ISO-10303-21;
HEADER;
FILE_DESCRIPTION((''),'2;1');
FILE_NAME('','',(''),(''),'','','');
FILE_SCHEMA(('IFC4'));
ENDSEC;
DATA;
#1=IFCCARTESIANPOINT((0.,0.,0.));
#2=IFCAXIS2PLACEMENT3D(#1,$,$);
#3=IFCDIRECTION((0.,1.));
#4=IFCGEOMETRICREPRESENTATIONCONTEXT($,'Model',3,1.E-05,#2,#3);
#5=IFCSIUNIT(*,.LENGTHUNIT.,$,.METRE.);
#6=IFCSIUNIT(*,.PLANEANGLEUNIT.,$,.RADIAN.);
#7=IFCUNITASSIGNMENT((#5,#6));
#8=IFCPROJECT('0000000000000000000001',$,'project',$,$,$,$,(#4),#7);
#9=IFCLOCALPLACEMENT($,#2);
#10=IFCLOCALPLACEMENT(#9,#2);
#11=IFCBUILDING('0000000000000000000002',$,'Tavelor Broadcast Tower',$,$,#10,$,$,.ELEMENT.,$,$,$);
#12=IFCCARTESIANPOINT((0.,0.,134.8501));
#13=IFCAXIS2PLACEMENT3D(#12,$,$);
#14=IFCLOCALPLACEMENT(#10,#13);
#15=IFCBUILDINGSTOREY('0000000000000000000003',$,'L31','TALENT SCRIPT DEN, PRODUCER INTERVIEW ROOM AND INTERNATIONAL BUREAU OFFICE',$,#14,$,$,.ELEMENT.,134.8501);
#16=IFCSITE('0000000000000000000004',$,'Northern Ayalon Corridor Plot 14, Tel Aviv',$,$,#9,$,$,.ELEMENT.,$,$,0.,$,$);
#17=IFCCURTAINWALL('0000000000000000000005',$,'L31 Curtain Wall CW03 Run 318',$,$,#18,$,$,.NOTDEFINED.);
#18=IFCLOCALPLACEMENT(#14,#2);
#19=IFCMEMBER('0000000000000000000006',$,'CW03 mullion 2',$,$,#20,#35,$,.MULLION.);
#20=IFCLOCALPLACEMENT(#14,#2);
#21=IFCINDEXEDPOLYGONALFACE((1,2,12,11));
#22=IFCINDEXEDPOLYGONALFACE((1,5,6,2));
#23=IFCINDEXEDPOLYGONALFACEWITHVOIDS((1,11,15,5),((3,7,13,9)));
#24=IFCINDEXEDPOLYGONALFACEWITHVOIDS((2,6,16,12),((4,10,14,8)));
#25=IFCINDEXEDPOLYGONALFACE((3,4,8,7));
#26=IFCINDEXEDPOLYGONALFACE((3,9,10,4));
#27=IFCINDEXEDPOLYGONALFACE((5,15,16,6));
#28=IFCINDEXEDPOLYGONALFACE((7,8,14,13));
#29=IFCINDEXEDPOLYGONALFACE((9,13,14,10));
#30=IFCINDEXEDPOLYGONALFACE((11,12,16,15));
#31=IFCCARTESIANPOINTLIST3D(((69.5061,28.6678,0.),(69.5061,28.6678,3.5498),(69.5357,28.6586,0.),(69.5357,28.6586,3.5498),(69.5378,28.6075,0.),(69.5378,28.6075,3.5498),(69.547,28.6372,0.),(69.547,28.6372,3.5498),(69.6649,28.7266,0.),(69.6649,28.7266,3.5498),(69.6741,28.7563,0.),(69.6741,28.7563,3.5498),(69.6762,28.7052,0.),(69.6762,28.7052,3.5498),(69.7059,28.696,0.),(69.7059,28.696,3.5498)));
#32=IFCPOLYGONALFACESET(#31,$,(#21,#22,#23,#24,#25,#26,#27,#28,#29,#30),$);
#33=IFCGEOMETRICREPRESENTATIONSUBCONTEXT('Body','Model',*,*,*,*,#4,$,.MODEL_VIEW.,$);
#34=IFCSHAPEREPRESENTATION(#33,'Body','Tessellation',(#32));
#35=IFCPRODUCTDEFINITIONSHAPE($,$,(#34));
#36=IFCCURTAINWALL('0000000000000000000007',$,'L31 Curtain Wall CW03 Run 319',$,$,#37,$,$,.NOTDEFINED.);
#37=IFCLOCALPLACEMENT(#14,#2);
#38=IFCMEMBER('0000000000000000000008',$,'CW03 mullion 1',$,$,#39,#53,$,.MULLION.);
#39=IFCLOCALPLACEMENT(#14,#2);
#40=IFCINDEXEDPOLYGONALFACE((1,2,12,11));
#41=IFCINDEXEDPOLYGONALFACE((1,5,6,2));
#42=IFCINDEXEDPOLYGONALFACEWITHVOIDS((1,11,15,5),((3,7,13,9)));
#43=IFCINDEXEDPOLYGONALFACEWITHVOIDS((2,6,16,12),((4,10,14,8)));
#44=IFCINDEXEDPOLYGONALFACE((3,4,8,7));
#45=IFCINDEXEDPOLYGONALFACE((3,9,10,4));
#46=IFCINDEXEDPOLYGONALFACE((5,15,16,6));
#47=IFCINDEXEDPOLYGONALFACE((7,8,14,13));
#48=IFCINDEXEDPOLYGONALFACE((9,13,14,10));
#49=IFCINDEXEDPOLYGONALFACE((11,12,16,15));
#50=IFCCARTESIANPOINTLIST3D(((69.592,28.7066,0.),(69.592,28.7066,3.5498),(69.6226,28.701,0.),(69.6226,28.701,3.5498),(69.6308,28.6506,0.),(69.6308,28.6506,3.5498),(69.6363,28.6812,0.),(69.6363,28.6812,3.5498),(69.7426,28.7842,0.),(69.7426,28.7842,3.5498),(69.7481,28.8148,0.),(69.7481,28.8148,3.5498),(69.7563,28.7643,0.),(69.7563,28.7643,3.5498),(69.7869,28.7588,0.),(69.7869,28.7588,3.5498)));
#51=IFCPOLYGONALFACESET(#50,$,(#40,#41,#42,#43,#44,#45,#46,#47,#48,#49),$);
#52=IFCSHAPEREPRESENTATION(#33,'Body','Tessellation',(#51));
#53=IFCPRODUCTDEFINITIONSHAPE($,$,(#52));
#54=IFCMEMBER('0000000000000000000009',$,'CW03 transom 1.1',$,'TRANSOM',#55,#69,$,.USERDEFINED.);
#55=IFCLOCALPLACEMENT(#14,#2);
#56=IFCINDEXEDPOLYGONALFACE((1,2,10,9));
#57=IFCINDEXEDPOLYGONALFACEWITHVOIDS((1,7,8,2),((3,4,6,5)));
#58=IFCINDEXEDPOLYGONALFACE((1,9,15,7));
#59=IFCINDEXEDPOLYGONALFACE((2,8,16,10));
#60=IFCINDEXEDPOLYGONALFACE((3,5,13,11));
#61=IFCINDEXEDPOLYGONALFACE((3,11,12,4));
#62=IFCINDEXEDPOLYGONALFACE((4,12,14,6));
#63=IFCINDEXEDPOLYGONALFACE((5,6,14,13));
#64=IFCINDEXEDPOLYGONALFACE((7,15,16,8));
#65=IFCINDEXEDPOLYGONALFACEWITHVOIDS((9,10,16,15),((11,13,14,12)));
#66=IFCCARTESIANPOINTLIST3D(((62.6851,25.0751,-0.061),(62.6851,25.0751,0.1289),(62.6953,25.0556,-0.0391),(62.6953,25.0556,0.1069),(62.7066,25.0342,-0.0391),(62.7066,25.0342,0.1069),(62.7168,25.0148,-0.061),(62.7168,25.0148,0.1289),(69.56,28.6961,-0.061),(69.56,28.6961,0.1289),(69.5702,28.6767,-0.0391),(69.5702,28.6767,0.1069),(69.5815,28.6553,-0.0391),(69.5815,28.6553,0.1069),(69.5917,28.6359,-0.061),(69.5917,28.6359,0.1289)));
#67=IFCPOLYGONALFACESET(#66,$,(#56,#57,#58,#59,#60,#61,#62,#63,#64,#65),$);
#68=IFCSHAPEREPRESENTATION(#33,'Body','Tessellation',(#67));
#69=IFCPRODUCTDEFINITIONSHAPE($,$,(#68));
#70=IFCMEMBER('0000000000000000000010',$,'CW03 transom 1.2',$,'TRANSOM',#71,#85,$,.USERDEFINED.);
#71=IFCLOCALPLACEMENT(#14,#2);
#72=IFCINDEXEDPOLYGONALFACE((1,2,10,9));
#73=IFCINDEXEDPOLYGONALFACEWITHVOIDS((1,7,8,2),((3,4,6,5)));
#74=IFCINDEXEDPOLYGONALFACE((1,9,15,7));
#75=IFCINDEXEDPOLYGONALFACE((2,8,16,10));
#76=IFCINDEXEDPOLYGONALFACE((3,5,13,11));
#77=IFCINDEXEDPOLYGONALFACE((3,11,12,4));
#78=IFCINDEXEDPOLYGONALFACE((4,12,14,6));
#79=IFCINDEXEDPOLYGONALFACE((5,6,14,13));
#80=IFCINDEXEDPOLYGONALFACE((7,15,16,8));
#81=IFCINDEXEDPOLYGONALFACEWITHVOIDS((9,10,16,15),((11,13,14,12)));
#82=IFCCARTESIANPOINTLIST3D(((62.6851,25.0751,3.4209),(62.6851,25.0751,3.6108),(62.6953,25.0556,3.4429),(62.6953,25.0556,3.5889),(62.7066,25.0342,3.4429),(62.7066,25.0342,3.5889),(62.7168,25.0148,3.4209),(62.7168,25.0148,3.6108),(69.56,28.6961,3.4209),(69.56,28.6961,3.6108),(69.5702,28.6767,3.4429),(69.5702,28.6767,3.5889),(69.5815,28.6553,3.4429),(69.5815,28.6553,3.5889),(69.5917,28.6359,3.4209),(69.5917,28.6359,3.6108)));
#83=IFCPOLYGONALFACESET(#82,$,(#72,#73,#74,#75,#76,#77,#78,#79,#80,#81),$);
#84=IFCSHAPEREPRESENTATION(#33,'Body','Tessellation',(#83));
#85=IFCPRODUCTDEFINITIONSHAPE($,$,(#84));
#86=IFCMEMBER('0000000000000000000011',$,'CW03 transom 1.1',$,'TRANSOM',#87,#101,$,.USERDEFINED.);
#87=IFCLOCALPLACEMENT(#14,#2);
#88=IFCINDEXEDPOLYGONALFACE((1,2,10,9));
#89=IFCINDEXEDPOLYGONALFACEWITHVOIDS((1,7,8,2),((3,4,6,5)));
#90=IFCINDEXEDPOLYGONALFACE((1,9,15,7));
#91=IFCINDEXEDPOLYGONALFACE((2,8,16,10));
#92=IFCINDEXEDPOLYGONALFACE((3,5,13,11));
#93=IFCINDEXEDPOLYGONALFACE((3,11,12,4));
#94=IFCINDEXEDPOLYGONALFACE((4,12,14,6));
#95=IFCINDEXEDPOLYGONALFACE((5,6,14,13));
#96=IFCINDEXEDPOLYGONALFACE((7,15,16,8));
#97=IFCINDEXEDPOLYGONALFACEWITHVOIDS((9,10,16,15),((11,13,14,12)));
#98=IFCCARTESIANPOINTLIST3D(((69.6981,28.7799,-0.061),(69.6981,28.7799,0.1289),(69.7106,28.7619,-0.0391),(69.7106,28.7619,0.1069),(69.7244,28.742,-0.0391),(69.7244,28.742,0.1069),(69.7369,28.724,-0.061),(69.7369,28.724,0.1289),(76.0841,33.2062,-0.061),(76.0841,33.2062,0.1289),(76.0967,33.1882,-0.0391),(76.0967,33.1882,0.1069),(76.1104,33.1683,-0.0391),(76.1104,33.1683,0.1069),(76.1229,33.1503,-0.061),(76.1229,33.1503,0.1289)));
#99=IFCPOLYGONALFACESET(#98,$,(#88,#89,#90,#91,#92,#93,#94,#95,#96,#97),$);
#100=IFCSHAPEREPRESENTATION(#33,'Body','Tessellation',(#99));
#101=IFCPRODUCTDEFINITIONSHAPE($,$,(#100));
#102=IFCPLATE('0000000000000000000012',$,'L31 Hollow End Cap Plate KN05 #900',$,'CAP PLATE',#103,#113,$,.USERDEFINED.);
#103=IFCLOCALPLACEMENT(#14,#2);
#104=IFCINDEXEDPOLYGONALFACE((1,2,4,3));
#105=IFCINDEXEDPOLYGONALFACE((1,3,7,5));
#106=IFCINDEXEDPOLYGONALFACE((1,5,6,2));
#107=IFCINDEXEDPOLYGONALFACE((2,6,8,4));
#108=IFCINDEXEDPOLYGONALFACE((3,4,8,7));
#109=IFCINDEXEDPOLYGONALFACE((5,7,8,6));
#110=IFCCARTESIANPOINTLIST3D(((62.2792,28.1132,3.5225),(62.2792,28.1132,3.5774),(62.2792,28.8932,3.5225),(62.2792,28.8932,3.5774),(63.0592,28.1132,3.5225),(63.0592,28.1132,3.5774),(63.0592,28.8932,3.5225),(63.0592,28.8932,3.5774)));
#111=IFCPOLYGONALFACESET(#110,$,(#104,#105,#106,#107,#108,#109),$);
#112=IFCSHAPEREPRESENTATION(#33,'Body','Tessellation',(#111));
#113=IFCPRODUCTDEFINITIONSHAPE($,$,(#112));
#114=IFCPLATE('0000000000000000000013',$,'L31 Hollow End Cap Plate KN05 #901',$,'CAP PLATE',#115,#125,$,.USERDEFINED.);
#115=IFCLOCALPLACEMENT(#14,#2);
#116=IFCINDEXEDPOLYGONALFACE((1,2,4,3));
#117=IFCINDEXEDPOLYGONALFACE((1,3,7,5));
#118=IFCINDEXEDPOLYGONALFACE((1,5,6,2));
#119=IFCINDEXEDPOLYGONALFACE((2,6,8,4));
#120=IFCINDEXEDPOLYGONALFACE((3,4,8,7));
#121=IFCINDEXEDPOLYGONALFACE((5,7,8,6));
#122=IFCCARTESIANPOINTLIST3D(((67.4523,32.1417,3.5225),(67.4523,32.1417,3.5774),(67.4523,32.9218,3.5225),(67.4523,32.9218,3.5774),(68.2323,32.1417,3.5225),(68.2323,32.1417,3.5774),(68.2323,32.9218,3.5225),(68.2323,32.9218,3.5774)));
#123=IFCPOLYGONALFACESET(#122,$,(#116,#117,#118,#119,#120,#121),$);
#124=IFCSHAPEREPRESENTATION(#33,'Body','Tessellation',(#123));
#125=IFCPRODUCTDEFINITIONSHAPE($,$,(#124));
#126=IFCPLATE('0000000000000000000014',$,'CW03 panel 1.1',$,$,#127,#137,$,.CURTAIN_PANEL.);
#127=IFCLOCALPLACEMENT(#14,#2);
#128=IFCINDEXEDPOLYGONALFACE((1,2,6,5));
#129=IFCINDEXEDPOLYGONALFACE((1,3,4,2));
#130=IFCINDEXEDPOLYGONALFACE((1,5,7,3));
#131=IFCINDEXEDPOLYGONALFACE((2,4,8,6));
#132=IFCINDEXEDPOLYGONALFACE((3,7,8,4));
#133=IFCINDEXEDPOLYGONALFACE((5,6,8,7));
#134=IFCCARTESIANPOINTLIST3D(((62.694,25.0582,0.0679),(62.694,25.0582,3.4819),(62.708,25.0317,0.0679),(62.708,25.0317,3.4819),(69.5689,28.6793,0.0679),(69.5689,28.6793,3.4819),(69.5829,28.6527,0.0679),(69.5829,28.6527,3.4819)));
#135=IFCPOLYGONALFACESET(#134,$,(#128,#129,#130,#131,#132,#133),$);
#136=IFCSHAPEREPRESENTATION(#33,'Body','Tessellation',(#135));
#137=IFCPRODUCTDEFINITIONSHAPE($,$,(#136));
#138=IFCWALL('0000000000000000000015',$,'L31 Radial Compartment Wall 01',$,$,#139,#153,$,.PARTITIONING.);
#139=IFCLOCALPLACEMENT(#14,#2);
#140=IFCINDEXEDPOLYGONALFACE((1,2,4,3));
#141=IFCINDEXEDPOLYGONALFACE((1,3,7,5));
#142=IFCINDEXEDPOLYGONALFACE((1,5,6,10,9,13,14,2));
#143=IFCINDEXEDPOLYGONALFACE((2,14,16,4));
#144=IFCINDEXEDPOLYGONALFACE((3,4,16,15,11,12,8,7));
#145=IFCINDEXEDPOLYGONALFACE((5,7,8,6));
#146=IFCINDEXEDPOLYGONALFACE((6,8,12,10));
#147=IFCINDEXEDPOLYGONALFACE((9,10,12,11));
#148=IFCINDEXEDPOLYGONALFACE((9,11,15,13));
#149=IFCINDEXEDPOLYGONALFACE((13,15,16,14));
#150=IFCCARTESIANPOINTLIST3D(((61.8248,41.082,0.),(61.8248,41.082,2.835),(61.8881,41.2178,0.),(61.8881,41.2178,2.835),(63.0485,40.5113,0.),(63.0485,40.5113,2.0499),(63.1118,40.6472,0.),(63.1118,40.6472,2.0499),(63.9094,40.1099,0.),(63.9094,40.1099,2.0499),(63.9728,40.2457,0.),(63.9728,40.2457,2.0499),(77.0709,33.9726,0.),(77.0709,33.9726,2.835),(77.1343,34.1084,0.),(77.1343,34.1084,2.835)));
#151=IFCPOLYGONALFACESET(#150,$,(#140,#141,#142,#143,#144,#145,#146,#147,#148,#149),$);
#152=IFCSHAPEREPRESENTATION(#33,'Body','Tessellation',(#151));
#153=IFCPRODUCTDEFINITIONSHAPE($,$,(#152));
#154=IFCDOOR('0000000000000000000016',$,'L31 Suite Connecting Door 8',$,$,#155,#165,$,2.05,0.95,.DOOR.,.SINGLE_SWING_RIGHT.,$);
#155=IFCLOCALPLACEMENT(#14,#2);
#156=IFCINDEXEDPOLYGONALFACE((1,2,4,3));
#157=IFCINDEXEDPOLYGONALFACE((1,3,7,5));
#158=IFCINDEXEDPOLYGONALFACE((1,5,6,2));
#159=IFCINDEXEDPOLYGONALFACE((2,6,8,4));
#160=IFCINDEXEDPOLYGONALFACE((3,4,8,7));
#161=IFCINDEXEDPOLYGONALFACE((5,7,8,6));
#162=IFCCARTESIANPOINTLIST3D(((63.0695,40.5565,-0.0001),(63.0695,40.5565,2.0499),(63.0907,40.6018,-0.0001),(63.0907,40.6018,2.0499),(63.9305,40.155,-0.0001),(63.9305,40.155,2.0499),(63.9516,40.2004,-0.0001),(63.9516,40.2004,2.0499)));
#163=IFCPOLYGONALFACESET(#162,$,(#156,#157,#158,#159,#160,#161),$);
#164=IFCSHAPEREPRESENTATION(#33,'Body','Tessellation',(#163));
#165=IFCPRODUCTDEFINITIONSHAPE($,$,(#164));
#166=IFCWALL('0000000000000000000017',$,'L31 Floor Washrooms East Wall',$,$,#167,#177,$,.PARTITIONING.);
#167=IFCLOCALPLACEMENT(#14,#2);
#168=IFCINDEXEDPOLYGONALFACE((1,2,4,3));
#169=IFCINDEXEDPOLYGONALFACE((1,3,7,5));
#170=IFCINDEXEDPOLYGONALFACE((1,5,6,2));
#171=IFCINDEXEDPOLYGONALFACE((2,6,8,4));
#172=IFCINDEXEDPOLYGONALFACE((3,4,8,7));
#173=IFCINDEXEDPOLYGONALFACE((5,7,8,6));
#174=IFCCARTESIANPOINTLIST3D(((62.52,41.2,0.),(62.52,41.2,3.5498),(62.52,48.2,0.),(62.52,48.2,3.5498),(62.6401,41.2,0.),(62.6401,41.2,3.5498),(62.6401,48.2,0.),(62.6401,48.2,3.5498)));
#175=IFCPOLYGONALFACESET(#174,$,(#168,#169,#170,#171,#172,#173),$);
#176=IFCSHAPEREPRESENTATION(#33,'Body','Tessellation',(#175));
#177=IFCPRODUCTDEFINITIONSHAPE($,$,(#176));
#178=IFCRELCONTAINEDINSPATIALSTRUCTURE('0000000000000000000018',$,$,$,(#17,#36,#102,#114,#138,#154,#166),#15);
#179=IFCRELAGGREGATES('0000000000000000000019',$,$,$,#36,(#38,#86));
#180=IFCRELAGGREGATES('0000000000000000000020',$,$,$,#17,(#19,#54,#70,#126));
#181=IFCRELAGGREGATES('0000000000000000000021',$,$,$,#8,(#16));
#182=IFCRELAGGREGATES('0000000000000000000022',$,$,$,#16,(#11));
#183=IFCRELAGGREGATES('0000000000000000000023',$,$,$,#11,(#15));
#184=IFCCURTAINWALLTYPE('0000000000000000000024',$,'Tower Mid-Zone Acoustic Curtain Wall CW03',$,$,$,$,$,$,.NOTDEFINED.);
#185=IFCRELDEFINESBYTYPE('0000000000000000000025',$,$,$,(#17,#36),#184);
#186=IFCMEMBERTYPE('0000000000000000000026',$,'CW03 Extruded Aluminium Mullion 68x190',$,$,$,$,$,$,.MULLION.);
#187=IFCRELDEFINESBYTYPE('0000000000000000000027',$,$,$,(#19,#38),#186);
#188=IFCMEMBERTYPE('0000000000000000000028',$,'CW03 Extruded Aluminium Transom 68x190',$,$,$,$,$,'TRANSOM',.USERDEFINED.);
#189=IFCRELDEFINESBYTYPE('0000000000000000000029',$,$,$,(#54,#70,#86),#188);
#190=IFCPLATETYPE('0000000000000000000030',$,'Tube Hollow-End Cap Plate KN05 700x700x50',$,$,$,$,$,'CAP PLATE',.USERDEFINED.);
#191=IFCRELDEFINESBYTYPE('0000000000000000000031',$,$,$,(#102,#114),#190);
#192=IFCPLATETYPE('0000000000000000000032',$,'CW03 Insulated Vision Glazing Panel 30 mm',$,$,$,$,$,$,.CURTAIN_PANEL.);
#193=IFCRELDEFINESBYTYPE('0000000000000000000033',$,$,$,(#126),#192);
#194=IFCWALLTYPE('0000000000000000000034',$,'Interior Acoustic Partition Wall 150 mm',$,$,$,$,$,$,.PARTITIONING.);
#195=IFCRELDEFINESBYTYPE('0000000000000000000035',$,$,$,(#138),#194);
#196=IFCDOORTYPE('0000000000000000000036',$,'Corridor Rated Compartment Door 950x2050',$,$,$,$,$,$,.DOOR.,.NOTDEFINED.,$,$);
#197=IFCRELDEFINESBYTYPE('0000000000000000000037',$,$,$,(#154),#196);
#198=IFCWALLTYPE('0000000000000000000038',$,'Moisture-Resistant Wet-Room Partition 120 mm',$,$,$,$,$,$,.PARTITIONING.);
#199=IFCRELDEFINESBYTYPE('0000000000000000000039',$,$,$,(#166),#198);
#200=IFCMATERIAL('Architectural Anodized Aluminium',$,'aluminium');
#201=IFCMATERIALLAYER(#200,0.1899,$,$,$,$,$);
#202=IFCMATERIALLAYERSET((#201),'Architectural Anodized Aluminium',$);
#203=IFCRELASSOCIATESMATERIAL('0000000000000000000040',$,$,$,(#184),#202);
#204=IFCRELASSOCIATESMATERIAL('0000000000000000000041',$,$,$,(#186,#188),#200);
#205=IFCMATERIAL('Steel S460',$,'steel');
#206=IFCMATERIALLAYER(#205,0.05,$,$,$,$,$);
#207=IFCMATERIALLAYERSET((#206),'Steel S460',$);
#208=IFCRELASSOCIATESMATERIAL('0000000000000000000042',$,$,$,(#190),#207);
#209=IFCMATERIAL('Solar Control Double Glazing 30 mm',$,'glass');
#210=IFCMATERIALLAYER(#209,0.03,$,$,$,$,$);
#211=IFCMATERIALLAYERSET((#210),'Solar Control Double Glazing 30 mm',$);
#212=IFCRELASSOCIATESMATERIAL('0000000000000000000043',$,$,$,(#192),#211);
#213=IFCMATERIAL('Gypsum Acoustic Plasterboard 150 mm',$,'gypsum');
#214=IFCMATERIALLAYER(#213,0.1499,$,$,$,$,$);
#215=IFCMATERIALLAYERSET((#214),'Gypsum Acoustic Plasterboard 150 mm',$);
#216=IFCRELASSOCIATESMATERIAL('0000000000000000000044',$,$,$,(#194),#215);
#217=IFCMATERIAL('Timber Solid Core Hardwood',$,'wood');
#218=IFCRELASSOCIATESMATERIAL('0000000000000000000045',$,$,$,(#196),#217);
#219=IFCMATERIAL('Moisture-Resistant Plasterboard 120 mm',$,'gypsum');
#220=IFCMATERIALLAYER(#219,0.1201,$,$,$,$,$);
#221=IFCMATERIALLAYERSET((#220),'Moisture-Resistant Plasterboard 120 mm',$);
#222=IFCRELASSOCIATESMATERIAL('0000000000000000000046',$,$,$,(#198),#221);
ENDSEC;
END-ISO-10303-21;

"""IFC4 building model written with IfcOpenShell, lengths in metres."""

from ifc_helpers import new_model, si_unit, direction, frame, frame_2d, origin, origin_2d, place, context, subcontext, project, spatial, rectangle, hollow_rectangle, extrude, source, transform, mapped, material, layer, layer_set, material_profile, profile_set, type_object, type_shapes, element, fill, aggregate, save


model = new_model("IFC4")

# Units and contexts
model_context = context("Model", 3, precision=1e-05, world=origin(), true_north=direction((0.0, 1.0)))
body_context = subcontext(model_context, "Body", "Model", "MODEL_VIEW")
ifc_project = project(units=[si_unit("LENGTHUNIT", "METRE"), si_unit("PLANEANGLEUNIT", "RADIAN")], contexts=[model_context])

# Site, building, storey
site_placement = place(None, origin())
site = spatial("IfcSite", under=ifc_project, at=site_placement, Name="Northern Ayalon Corridor Plot 14, Tel Aviv", CompositionType="ELEMENT", RefElevation=0.0)
building_placement = place(site_placement, origin())
building = spatial("IfcBuilding", under=site, at=building_placement, Name="Tavelor Broadcast Tower", CompositionType="ELEMENT")
storey_placement = place(building_placement, frame((0.0, 0.0, 134.8501)))
storey = spatial("IfcBuildingStorey", under=building, at=storey_placement, Name="L31", Description="TALENT SCRIPT DEN, PRODUCER INTERVIEW ROOM AND INTERNATIONAL BUREAU OFFICE", CompositionType="ELEMENT", Elevation=134.8501)

# Shared definitions
ifc_material_1 = material(Name="Steel S460", Category="steel")

# Shared definitions
ifc_material_2 = material(Name="Architectural Anodized Aluminium", Category="aluminium")
ifc_layer_1 = layer(ifc_material_2, 0.1899)
ifc_layer_set_1 = layer_set([ifc_layer_1], Name="Architectural Anodized Aluminium")
curtain_wall_type = type_object("IfcCurtainWallType", Name="Tower Mid-Zone Acoustic Curtain Wall CW03", PredefinedType="NOTDEFINED", material=ifc_layer_set_1)
ifc_material_profile_1 = material_profile(ifc_material_2, hollow_rectangle(XDim=0.0681, YDim=0.1899, WallThickness=0.022, at=origin_2d()), Name="RHS 68x190x22")
ifc_profile_set_1 = profile_set([ifc_material_profile_1], Name="Architectural Anodized Aluminium")
member_type_1 = type_object("IfcMemberType", Name="CW03 Extruded Aluminium Mullion 68x190", PredefinedType="MULLION", material=ifc_profile_set_1)
shared_shape_1 = source(origin(), body_context, "Body", "SweptSolid", [
    extrude(hollow_rectangle(XDim=0.0681, YDim=0.1899, WallThickness=0.022, at=origin_2d()), origin(), (0.0, 0.0, 1.0), 3.5498),
])
type_shapes(member_type_1, [shared_shape_1])

# Curtain wall, member
curtain_wall_1_placement = place(storey_placement, origin())
curtain_wall_1 = element("IfcCurtainWall", 1, at=curtain_wall_1_placement, inside=storey, type_object=curtain_wall_type, Name="L31 Curtain Wall CW03 Run 318", PredefinedType="NOTDEFINED")
member_1_placement = place(storey_placement, frame((69.606, 28.6819, 0.0), z_axis=(0.0, 0.0, 1.0), x_axis=(-0.466015, 0.884777, 0.0)))
member_1 = element("IfcMember", 2, at=member_1_placement, type_object=member_type_1, Name="CW03 mullion 2", PredefinedType="MULLION", context=body_context, shape_type="MappedRepresentation", body=[
    mapped(shared_shape_1, transform((0.0, 0.0, 0.0), scale=1.0)),
])

# Curtain wall, member
curtain_wall_2_placement = place(storey_placement, origin())
curtain_wall_2 = element("IfcCurtainWall", 3, at=curtain_wall_2_placement, inside=storey, type_object=curtain_wall_type, Name="L31 Curtain Wall CW03 Run 319", PredefinedType="NOTDEFINED")
member_2_placement = place(storey_placement, frame((69.6895, 28.7327, 0.0), z_axis=(0.0, 0.0, 1.0), x_axis=(-0.569651, 0.821887, 0.0)))
member_2 = element("IfcMember", 4, at=member_2_placement, type_object=member_type_1, Name="CW03 mullion 1", PredefinedType="MULLION", context=body_context, shape_type="MappedRepresentation", body=[
    mapped(shared_shape_1, transform((0.0, 0.0, 0.0), scale=1.0)),
])

# Members
ifc_material_profile_2 = material_profile(ifc_material_2, hollow_rectangle(XDim=0.0681, YDim=0.1899, WallThickness=0.022, at=origin_2d()), Name="RHS 68x190x22")
ifc_profile_set_2 = profile_set([ifc_material_profile_2], Name="Architectural Anodized Aluminium")
member_type_2 = type_object("IfcMemberType", Name="CW03 Extruded Aluminium Transom 68x190", ElementType="TRANSOM", PredefinedType="USERDEFINED", material=ifc_profile_set_2)
shared_shape_2 = source(origin(), body_context, "Body", "SweptSolid", [
    extrude(hollow_rectangle(XDim=0.0681, YDim=0.1899, WallThickness=0.022, at=origin_2d()), origin(), (0.0, 0.0, 1.0), 7.7703),
])
member_3_placement = place(storey_placement, frame((62.7009, 25.0449, 0.0339), z_axis=(0.884776, 0.466016, 0.0), x_axis=(-0.466016, 0.884776, 0.0)))
member_3 = element("IfcMember", 5, at=member_3_placement, type_object=member_type_2, Name="CW03 transom 1.1", ObjectType="TRANSOM", PredefinedType="USERDEFINED", context=body_context, shape_type="MappedRepresentation", body=[
    mapped(shared_shape_2, transform((0.0, 0.0, 0.0), scale=1.0)),
])
member_4_placement = place(storey_placement, frame((62.7009, 25.0449, 3.5159), z_axis=(0.884776, 0.466016, 0.0), x_axis=(-0.466016, 0.884776, 0.0)))
member_4 = element("IfcMember", 6, at=member_4_placement, type_object=member_type_2, Name="CW03 transom 1.2", ObjectType="TRANSOM", PredefinedType="USERDEFINED", context=body_context, shape_type="MappedRepresentation", body=[
    mapped(shared_shape_2, transform((0.0, 0.0, 0.0), scale=1.0)),
])
shared_shape_3 = source(origin(), body_context, "Body", "SweptSolid", [
    extrude(hollow_rectangle(XDim=0.0681, YDim=0.1899, WallThickness=0.022, at=origin_2d()), origin(), (0.0, 0.0, 1.0), 7.77),
])
type_shapes(member_type_2, [shared_shape_2, shared_shape_3])
member_5_placement = place(storey_placement, frame((69.7175, 28.752, 0.0339), z_axis=(0.821879, 0.569662, 0.0), x_axis=(-0.569662, 0.821879, 0.0)))
member_5 = element("IfcMember", 7, at=member_5_placement, type_object=member_type_2, Name="CW03 transom 1.1", ObjectType="TRANSOM", PredefinedType="USERDEFINED", context=body_context, shape_type="MappedRepresentation", body=[
    mapped(shared_shape_3, transform((0.0, 0.0, 0.0), scale=1.0)),
])
aggregate(curtain_wall_2, [member_2, member_5])

# Plates
ifc_layer_2 = layer(ifc_material_1, 0.05)
ifc_layer_set_2 = layer_set([ifc_layer_2], Name="Steel S460")
plate_type_1 = type_object("IfcPlateType", Name="Tube Hollow-End Cap Plate KN05 700x700x50", ElementType="CAP PLATE", PredefinedType="USERDEFINED", material=ifc_layer_set_2)
shared_shape_4 = source(origin(), body_context, "Body", "SweptSolid", [
    extrude(rectangle(XDim=0.78, YDim=0.78, at=origin_2d()), origin(), (0.0, 0.0, 1.0), 0.0549),
])
type_shapes(plate_type_1, [shared_shape_4])
for number, where, z_axis, x_axis, name in (
    (8, (62.6692, 28.5032, 3.5225), (0.0, 0.0, 1.0), (1.0, 0.0, 0.0), "L31 Hollow End Cap Plate KN05 #900"),
    (9, (67.8423, 32.5317, 3.5225), (0.0, 0.0, 1.0), (1.0, 0.0, 0.0), "L31 Hollow End Cap Plate KN05 #901"),
):
    element("IfcPlate", number, at=place(storey_placement, frame(where, z_axis=z_axis, x_axis=x_axis)), inside=storey, type_object=plate_type_1, Name=name, ObjectType="CAP PLATE", PredefinedType="USERDEFINED", context=body_context, shape_type="MappedRepresentation", body=[
        mapped(shared_shape_4, transform((0.0, 0.0, 0.0), scale=1.0)),
    ])

# Plate
ifc_material_3 = material(Name="Solar Control Double Glazing 30 mm", Category="glass")
ifc_layer_3 = layer(ifc_material_3, 0.03)
ifc_layer_set_3 = layer_set([ifc_layer_3], Name="Solar Control Double Glazing 30 mm")
plate_type_2 = type_object("IfcPlateType", Name="CW03 Insulated Vision Glazing Panel 30 mm", PredefinedType="CURTAIN_PANEL", material=ifc_layer_set_3)
shared_shape_5 = source(origin(), body_context, "Body", "SweptSolid", [
    extrude(rectangle(XDim=7.7703, YDim=0.03, at=origin_2d()), origin(), (0.0, 0.0, 1.0), 3.4141),
])
type_shapes(plate_type_2, [shared_shape_5])
plate_placement = place(storey_placement, frame((66.1384, 26.8555, 0.0679), z_axis=(0.0, 0.0, 1.0), x_axis=(0.884777, 0.466015, 0.0)))
plate = element("IfcPlate", 10, at=plate_placement, type_object=plate_type_2, Name="CW03 panel 1.1", PredefinedType="CURTAIN_PANEL", context=body_context, shape_type="MappedRepresentation", body=[
    mapped(shared_shape_5, transform((0.0, 0.0, 0.0), scale=1.0)),
])
aggregate(curtain_wall_1, [member_1, member_3, member_4, plate])

# Wall, opening, door
ifc_material_4 = material(Name="Gypsum Acoustic Plasterboard 150 mm", Category="gypsum")
ifc_layer_4 = layer(ifc_material_4, 0.1499)
ifc_layer_set_4 = layer_set([ifc_layer_4], Name="Gypsum Acoustic Plasterboard 150 mm")
wall_type_1 = type_object("IfcWallType", Name="Interior Acoustic Partition Wall 150 mm", PredefinedType="PARTITIONING", material=ifc_layer_set_4)
wall_1_placement = place(storey_placement, frame((61.8564, 41.1499, 0.0), z_axis=(0.0, 0.0, 1.0), x_axis=(0.906308, -0.422618, 0.0)))
wall_1 = element("IfcWall", 11, at=wall_1_placement, inside=storey, type_object=wall_type_1, Name="L31 Radial Compartment Wall 01", PredefinedType="PARTITIONING", context=body_context, shape_type="SweptSolid", body=[
    extrude(rectangle(XDim=16.8223, YDim=0.1499, at=frame_2d((8.4111, 0.0))), origin(), (0.0, 0.0, 1.0), 2.835),
])
opening_placement = place(wall_1_placement, frame((1.3501, 0.0, 0.0)))
opening = element("IfcOpeningElement", 12, at=opening_placement, cuts=wall_1, PredefinedType="OPENING", context=body_context, shape_type="SweptSolid", body=[
    extrude(rectangle(XDim=0.95, YDim=2.05, at=frame_2d((0.4751, 1.0249))), frame((0.0, 0.085, 0.0), z_axis=(0.0, -1.0, 0.0), x_axis=(1.0, 0.0, 0.0)), (0.0, 0.0, 1.0), 0.1699),
])
ifc_material_5 = material(Name="Timber Solid Core Hardwood", Category="wood")
door_type = type_object("IfcDoorType", Name="Corridor Rated Compartment Door 950x2050", OperationType="NOTDEFINED", PredefinedType="DOOR", material=ifc_material_5)
door_placement = place(opening_placement, origin())
door = element("IfcDoor", 13, at=door_placement, inside=storey, type_object=door_type, Name="L31 Suite Connecting Door 8", OperationType="SINGLE_SWING_RIGHT", OverallHeight=2.05, OverallWidth=0.95, PredefinedType="DOOR", context=body_context, shape_type="SweptSolid", body=[
    extrude(rectangle(XDim=0.95, YDim=2.05, at=frame_2d((0.4751, 1.0249))), frame((0.0, 0.0249, 0.0), z_axis=(0.0, -1.0, 0.0), x_axis=(1.0, 0.0, 0.0)), (0.0, 0.0, 1.0), 0.05),
])
fill(opening, door)

# Wall
ifc_material_6 = material(Name="Moisture-Resistant Plasterboard 120 mm", Category="gypsum")
ifc_layer_5 = layer(ifc_material_6, 0.1201)
ifc_layer_set_5 = layer_set([ifc_layer_5], Name="Moisture-Resistant Plasterboard 120 mm")
wall_type_2 = type_object("IfcWallType", Name="Moisture-Resistant Wet-Room Partition 120 mm", PredefinedType="PARTITIONING", material=ifc_layer_set_5)
wall_2_placement = place(storey_placement, frame((62.5801, 41.2, 0.0), z_axis=(0.0, 0.0, 1.0), x_axis=(0.0, 1.0, 0.0)))
element("IfcWall", 14, at=wall_2_placement, inside=storey, type_object=wall_type_2, Name="L31 Floor Washrooms East Wall", PredefinedType="PARTITIONING", context=body_context, shape_type="SweptSolid", body=[
    extrude(rectangle(XDim=7.0, YDim=0.1201, at=frame_2d((3.5, 0.0))), origin(), (0.0, 0.0, 1.0), 3.5498),
])

save(model, "model.ifc")
